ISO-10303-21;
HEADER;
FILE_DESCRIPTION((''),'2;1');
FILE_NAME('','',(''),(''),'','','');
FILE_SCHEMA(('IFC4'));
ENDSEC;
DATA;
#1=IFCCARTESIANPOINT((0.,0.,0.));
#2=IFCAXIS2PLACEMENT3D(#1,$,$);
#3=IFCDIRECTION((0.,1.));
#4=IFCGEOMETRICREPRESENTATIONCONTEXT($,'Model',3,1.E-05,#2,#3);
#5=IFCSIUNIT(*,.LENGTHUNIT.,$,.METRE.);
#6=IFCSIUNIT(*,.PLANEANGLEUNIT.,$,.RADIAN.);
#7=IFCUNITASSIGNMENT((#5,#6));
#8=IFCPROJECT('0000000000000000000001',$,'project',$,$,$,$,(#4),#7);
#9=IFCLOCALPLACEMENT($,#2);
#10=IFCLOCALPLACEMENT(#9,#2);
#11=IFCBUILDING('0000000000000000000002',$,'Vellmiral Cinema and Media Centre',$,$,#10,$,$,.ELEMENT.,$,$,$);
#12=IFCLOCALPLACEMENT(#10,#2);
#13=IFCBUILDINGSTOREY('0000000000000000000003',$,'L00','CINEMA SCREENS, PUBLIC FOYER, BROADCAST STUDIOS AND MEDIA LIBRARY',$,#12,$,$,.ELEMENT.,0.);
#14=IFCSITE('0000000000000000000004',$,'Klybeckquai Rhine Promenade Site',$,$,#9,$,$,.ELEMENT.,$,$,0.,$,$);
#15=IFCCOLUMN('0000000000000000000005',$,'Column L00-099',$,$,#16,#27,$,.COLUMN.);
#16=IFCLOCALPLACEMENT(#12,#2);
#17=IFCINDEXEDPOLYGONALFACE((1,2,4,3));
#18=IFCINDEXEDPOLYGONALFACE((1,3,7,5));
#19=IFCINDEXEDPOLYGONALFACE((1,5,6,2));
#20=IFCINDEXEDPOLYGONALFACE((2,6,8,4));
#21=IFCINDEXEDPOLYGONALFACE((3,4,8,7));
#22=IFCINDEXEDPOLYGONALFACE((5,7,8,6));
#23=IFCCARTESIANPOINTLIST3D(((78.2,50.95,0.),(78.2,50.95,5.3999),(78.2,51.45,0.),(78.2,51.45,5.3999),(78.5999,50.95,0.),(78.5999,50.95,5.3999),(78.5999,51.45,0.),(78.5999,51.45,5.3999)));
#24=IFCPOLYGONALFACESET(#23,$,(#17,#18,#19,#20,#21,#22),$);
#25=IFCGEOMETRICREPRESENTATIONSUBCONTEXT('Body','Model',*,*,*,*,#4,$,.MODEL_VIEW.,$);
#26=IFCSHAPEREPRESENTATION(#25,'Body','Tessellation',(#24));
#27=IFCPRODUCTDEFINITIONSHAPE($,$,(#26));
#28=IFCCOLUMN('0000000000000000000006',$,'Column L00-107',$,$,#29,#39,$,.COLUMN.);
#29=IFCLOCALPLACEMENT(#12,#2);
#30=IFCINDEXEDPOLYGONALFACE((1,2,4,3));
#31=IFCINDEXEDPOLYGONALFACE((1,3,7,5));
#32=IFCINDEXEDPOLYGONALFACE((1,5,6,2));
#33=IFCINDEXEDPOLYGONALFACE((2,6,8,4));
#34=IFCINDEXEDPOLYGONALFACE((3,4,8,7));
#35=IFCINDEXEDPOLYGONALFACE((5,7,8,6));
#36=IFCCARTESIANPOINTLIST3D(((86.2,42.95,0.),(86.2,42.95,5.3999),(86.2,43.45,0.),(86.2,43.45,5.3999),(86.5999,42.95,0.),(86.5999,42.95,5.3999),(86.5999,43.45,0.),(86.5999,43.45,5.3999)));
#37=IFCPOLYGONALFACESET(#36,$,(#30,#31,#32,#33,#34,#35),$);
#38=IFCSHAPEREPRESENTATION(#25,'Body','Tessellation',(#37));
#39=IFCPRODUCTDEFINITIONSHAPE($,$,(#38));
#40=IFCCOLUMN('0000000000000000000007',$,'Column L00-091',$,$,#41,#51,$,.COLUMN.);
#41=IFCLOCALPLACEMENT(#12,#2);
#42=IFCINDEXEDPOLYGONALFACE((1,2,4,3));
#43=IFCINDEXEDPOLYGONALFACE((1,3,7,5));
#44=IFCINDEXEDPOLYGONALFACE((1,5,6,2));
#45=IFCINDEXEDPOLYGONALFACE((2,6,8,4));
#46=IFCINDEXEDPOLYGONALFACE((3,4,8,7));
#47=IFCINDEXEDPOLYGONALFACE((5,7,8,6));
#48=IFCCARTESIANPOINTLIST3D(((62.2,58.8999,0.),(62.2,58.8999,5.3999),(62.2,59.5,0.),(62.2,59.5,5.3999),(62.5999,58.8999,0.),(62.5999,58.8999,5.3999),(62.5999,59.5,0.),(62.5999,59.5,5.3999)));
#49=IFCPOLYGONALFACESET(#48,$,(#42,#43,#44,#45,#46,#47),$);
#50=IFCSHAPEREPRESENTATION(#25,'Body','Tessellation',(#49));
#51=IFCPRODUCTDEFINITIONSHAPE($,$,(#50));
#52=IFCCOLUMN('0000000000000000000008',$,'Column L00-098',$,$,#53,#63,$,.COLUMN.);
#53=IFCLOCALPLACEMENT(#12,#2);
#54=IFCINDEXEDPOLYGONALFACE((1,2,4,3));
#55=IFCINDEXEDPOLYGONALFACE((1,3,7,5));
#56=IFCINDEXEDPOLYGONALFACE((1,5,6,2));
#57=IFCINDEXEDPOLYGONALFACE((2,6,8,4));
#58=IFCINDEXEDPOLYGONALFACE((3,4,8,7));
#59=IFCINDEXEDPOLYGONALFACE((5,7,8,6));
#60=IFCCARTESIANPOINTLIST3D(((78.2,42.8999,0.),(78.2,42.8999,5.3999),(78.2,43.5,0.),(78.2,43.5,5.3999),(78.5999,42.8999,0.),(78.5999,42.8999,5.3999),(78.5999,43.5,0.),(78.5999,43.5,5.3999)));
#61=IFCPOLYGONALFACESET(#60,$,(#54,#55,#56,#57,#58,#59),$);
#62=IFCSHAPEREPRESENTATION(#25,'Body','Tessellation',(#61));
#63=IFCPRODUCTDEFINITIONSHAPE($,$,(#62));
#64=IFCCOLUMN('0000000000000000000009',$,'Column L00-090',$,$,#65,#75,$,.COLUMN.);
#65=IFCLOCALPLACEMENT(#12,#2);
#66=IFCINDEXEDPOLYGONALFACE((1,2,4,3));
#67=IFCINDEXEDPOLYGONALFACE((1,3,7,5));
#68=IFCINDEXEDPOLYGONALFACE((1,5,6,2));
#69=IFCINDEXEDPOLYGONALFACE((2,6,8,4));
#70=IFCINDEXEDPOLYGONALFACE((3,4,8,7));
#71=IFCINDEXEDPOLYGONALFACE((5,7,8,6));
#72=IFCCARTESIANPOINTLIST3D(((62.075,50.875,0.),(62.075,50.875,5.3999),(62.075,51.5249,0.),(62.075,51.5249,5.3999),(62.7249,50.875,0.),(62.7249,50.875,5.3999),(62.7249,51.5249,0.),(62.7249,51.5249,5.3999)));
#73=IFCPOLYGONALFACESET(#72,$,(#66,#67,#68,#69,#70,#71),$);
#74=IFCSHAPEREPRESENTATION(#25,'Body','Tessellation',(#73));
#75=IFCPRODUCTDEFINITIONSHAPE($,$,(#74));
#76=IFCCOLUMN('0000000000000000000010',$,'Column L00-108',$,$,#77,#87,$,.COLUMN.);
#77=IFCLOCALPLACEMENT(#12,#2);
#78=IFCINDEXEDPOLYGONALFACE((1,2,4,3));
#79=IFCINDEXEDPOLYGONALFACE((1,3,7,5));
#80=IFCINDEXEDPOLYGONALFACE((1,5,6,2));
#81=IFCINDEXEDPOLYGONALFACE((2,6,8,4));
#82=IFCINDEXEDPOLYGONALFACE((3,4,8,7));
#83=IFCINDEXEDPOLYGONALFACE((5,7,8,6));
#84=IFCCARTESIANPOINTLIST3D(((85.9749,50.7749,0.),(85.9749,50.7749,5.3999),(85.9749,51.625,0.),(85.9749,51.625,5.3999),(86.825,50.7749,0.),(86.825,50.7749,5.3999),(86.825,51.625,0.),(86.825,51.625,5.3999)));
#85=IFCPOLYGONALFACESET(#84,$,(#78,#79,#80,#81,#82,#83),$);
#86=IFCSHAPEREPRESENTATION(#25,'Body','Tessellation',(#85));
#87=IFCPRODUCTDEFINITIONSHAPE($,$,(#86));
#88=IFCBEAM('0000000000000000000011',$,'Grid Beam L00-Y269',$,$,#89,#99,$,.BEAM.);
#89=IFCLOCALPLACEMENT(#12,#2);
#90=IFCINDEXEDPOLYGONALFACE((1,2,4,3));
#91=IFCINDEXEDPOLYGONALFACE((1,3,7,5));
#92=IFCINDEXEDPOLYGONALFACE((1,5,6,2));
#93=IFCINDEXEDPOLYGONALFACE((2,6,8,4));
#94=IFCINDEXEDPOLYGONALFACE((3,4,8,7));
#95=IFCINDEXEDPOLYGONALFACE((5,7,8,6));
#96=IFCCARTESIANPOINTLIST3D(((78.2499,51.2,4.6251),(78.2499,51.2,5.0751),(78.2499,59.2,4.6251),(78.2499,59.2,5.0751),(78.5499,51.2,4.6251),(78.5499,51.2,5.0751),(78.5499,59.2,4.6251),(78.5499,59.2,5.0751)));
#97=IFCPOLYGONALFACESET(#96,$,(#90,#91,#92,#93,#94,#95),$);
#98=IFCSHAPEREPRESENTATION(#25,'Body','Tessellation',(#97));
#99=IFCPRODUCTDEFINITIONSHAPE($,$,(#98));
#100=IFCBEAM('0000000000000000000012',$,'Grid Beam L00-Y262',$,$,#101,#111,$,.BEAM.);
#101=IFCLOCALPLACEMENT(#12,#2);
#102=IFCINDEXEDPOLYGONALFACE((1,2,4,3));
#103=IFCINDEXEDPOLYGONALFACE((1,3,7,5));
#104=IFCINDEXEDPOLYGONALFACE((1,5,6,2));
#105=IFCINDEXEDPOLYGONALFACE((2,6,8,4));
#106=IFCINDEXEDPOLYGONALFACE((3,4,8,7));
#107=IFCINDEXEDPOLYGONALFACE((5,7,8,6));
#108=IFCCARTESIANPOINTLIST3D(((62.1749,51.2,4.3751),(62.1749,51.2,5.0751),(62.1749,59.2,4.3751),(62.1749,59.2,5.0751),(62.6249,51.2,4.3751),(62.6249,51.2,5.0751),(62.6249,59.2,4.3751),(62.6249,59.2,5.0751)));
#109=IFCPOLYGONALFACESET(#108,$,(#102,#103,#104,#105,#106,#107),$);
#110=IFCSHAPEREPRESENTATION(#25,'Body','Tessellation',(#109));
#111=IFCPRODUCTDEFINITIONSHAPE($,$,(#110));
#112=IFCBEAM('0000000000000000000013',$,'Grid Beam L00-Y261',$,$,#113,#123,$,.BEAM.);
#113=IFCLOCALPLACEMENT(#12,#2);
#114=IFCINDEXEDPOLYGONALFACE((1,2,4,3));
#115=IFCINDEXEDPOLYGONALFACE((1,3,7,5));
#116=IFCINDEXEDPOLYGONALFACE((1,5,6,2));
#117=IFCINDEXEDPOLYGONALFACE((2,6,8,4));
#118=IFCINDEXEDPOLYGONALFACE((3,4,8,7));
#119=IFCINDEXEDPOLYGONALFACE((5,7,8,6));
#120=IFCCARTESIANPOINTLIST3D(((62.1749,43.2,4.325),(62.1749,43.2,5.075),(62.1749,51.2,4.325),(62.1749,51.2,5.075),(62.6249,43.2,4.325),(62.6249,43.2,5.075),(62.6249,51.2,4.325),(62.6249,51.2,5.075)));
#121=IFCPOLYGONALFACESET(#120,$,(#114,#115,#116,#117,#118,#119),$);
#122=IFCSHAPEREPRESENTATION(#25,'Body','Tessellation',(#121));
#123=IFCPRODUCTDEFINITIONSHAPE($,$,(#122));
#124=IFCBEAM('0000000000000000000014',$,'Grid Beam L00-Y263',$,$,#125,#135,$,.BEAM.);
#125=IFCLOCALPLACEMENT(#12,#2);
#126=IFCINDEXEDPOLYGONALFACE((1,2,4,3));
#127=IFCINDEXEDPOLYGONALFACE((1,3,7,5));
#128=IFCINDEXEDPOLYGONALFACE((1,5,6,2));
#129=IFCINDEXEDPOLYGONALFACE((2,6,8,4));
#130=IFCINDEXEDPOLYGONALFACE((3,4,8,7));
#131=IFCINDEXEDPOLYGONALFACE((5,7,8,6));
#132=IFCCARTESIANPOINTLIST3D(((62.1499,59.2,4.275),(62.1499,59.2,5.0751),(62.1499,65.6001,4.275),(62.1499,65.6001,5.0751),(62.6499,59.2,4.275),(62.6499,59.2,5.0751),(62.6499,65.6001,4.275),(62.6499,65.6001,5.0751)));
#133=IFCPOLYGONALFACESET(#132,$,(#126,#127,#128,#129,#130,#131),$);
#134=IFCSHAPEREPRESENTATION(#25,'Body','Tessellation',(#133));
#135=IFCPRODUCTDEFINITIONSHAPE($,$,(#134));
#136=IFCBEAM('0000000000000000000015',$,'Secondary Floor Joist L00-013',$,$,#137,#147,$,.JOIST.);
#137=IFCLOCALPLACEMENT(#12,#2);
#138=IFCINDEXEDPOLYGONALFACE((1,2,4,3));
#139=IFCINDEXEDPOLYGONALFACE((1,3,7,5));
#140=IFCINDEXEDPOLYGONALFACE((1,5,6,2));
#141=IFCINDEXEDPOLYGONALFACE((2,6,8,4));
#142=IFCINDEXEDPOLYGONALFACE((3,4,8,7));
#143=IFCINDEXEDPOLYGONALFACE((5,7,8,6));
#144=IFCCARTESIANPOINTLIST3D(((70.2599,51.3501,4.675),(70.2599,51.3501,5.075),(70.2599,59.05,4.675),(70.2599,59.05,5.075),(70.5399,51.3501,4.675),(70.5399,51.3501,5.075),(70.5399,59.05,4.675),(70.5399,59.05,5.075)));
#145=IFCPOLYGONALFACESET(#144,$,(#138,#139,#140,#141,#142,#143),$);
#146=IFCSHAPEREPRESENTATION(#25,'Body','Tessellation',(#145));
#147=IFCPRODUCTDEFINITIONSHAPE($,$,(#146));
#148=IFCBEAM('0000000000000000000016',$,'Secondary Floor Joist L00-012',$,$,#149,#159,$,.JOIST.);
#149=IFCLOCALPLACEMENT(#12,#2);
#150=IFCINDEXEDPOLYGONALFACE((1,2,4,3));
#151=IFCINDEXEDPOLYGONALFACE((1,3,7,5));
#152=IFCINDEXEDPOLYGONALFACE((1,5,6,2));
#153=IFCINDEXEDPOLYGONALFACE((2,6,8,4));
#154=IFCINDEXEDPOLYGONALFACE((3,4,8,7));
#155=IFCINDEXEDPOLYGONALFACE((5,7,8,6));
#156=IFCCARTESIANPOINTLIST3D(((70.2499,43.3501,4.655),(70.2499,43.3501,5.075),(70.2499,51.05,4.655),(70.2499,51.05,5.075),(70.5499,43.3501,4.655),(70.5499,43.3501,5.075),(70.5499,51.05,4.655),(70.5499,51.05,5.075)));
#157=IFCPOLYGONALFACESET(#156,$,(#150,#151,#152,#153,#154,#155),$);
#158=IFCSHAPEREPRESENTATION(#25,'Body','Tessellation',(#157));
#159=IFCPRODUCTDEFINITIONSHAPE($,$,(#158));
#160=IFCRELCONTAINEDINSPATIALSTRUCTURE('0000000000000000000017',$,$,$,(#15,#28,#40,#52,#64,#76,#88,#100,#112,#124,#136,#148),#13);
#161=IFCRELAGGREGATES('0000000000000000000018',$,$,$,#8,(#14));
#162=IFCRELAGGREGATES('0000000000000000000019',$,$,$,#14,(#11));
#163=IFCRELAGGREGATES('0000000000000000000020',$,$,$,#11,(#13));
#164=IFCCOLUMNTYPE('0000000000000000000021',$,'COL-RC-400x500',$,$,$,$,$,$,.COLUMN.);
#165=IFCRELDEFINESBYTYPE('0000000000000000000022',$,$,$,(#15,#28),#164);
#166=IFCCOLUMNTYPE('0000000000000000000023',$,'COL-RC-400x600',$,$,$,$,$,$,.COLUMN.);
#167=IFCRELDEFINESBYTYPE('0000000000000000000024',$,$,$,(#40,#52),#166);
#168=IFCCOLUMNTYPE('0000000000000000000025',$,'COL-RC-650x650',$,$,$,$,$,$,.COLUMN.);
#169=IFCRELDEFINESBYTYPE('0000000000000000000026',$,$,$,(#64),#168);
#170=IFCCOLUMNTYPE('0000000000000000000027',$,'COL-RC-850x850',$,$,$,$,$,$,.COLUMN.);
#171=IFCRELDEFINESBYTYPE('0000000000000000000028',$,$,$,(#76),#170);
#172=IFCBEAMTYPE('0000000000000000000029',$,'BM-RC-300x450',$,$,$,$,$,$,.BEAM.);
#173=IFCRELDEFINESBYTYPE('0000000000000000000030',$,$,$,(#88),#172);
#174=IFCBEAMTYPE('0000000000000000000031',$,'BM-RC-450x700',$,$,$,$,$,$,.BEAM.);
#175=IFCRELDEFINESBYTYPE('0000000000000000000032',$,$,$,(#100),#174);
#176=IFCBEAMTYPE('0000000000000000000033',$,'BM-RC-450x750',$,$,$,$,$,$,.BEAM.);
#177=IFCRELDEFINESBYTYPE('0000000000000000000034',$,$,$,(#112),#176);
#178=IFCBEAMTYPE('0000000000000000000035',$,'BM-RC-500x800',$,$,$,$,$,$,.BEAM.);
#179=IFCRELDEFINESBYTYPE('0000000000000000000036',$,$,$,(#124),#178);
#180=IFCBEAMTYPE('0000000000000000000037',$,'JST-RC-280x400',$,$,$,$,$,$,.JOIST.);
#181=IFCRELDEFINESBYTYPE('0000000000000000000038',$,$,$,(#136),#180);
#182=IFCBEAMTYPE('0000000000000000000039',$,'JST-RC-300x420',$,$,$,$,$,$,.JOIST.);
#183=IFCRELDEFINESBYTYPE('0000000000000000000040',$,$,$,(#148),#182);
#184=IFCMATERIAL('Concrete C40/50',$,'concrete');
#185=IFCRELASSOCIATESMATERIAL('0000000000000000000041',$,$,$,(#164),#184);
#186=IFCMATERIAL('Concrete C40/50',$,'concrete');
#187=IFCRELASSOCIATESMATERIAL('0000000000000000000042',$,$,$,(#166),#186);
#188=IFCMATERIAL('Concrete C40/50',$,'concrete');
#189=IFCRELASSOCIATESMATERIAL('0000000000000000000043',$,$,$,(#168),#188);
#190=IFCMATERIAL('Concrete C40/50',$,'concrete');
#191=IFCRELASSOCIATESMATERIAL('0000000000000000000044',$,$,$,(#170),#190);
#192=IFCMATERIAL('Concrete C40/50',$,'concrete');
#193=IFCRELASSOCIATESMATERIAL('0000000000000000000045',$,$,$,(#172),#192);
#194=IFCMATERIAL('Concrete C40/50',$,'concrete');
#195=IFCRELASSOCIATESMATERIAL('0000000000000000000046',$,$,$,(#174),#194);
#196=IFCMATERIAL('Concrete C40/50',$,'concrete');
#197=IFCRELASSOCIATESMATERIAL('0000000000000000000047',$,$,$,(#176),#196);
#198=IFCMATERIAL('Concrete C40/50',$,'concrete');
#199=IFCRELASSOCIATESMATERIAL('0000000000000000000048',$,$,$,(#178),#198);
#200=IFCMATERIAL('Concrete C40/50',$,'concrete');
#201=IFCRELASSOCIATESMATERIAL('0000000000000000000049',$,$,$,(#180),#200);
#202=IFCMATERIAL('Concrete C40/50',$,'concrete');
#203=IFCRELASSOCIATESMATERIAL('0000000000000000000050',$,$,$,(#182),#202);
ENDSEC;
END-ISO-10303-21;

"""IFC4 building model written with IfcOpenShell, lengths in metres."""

from ifc_helpers import new_model, si_unit, direction, frame, origin, origin_2d, place, context, subcontext, project, spatial, rectangle, extrude, material, material_profile, profile_set, type_object, element, save


model = new_model("IFC4")

# Units and contexts
model_context = context("Model", 3, precision=1e-05, world=origin(), true_north=direction((0.0, 1.0)))
body_context = subcontext(model_context, "Body", "Model", "MODEL_VIEW")
ifc_project = project(units=[si_unit("LENGTHUNIT", "METRE"), si_unit("PLANEANGLEUNIT", "RADIAN")], contexts=[model_context])

# Site, building, storey
site_placement = place(None, origin())
site = spatial("IfcSite", under=ifc_project, at=site_placement, Name="Klybeckquai Rhine Promenade Site", CompositionType="ELEMENT", RefElevation=0.0)
building_placement = place(site_placement, origin())
building = spatial("IfcBuilding", under=site, at=building_placement, Name="Vellmiral Cinema and Media Centre", CompositionType="ELEMENT")
storey_placement = place(building_placement, origin())
storey = spatial("IfcBuildingStorey", under=building, at=storey_placement, Name="L00", Description="CINEMA SCREENS, PUBLIC FOYER, BROADCAST STUDIOS AND MEDIA LIBRARY", CompositionType="ELEMENT", Elevation=0.0)

# Columns
ifc_material_1 = material(Name="Concrete C40/50", Category="concrete")
ifc_material_profile_1 = material_profile(ifc_material_1, rectangle(XDim=0.3999, YDim=0.5, at=origin_2d()), Name="RC 400x500")
ifc_profile_set_1 = profile_set([ifc_material_profile_1], Name="Concrete C40/50")
column_type_1 = type_object("IfcColumnType", Name="COL-RC-400x500", PredefinedType="COLUMN", material=ifc_profile_set_1)
for number, where, z_axis, x_axis, name in (
    (1, (78.3999, 51.2, 0.0), (0.0, 0.0, 1.0), (1.0, 0.0, 0.0), "Column L00-099"),
    (2, (86.3999, 43.2, 0.0), (0.0, 0.0, 1.0), (1.0, 0.0, 0.0), "Column L00-107"),
):
    element("IfcColumn", number, at=place(storey_placement, frame(where, z_axis=z_axis, x_axis=x_axis)), inside=storey, type_object=column_type_1, Name=name, PredefinedType="COLUMN", context=body_context, shape_type="SweptSolid", body=[
        extrude(rectangle(XDim=0.3999, YDim=0.5, at=origin_2d()), origin(), (0.0, 0.0, 1.0), 5.3999),
    ])
ifc_material_2 = material(Name="Concrete C40/50", Category="concrete")
ifc_material_profile_2 = material_profile(ifc_material_2, rectangle(XDim=0.3999, YDim=0.6001, at=origin_2d()), Name="RC 400x600")
ifc_profile_set_2 = profile_set([ifc_material_profile_2], Name="Concrete C40/50")
column_type_2 = type_object("IfcColumnType", Name="COL-RC-400x600", PredefinedType="COLUMN", material=ifc_profile_set_2)
for number, where, z_axis, x_axis, name in (
    (3, (62.3999, 59.2, 0.0), (0.0, 0.0, 1.0), (1.0, 0.0, 0.0), "Column L00-091"),
    (4, (78.3999, 43.2, 0.0), (0.0, 0.0, 1.0), (1.0, 0.0, 0.0), "Column L00-098"),
):
    element("IfcColumn", number, at=place(storey_placement, frame(where, z_axis=z_axis, x_axis=x_axis)), inside=storey, type_object=column_type_2, Name=name, PredefinedType="COLUMN", context=body_context, shape_type="SweptSolid", body=[
        extrude(rectangle(XDim=0.3999, YDim=0.6001, at=origin_2d()), origin(), (0.0, 0.0, 1.0), 5.3999),
    ])
ifc_material_3 = material(Name="Concrete C40/50", Category="concrete")
ifc_material_profile_3 = material_profile(ifc_material_3, rectangle(XDim=0.6499, YDim=0.6499, at=origin_2d()), Name="RC 650x650")
ifc_profile_set_3 = profile_set([ifc_material_profile_3], Name="Concrete C40/50")
column_type_3 = type_object("IfcColumnType", Name="COL-RC-650x650", PredefinedType="COLUMN", material=ifc_profile_set_3)
column_1_placement = place(storey_placement, frame((62.3999, 51.2, 0.0), z_axis=(0.0, 0.0, 1.0), x_axis=(1.0, 0.0, 0.0)))
element("IfcColumn", 5, at=column_1_placement, inside=storey, type_object=column_type_3, Name="Column L00-090", PredefinedType="COLUMN", context=body_context, shape_type="SweptSolid", body=[
    extrude(rectangle(XDim=0.6499, YDim=0.6499, at=origin_2d()), origin(), (0.0, 0.0, 1.0), 5.3999),
])
ifc_material_4 = material(Name="Concrete C40/50", Category="concrete")
ifc_material_profile_4 = material_profile(ifc_material_4, rectangle(XDim=0.8501, YDim=0.8501, at=origin_2d()), Name="RC 850x850")
ifc_profile_set_4 = profile_set([ifc_material_profile_4], Name="Concrete C40/50")
column_type_4 = type_object("IfcColumnType", Name="COL-RC-850x850", PredefinedType="COLUMN", material=ifc_profile_set_4)
column_2_placement = place(storey_placement, frame((86.3999, 51.2, 0.0), z_axis=(0.0, 0.0, 1.0), x_axis=(1.0, 0.0, 0.0)))
element("IfcColumn", 6, at=column_2_placement, inside=storey, type_object=column_type_4, Name="Column L00-108", PredefinedType="COLUMN", context=body_context, shape_type="SweptSolid", body=[
    extrude(rectangle(XDim=0.8501, YDim=0.8501, at=origin_2d()), origin(), (0.0, 0.0, 1.0), 5.3999),
])

# Beams
ifc_material_5 = material(Name="Concrete C40/50", Category="concrete")
ifc_material_profile_5 = material_profile(ifc_material_5, rectangle(XDim=0.3, YDim=0.45, at=origin_2d()), Name="RC 300x450")
ifc_profile_set_5 = profile_set([ifc_material_profile_5], Name="Concrete C40/50")
beam_type_1 = type_object("IfcBeamType", Name="BM-RC-300x450", PredefinedType="BEAM", material=ifc_profile_set_5)
beam_1_placement = place(storey_placement, frame((78.3999, 51.2, 4.8501), z_axis=(0.0, 1.0, 0.0), x_axis=(-1.0, 0.0, 0.0)))
element("IfcBeam", 7, at=beam_1_placement, inside=storey, type_object=beam_type_1, Name="Grid Beam L00-Y269", PredefinedType="BEAM", context=body_context, shape_type="SweptSolid", body=[
    extrude(rectangle(XDim=0.3, YDim=0.45, at=origin_2d()), origin(), (0.0, 0.0, 1.0), 8.0),
])
ifc_material_6 = material(Name="Concrete C40/50", Category="concrete")
ifc_material_profile_6 = material_profile(ifc_material_6, rectangle(XDim=0.45, YDim=0.7, at=origin_2d()), Name="RC 450x700")
ifc_profile_set_6 = profile_set([ifc_material_profile_6], Name="Concrete C40/50")
beam_type_2 = type_object("IfcBeamType", Name="BM-RC-450x700", PredefinedType="BEAM", material=ifc_profile_set_6)
beam_2_placement = place(storey_placement, frame((62.3999, 51.2, 4.7251), z_axis=(0.0, 1.0, 0.0), x_axis=(-1.0, 0.0, 0.0)))
element("IfcBeam", 8, at=beam_2_placement, inside=storey, type_object=beam_type_2, Name="Grid Beam L00-Y262", PredefinedType="BEAM", context=body_context, shape_type="SweptSolid", body=[
    extrude(rectangle(XDim=0.45, YDim=0.7, at=origin_2d()), origin(), (0.0, 0.0, 1.0), 8.0),
])
ifc_material_7 = material(Name="Concrete C40/50", Category="concrete")
ifc_material_profile_7 = material_profile(ifc_material_7, rectangle(XDim=0.45, YDim=0.75, at=origin_2d()), Name="RC 450x750")
ifc_profile_set_7 = profile_set([ifc_material_profile_7], Name="Concrete C40/50")
beam_type_3 = type_object("IfcBeamType", Name="BM-RC-450x750", PredefinedType="BEAM", material=ifc_profile_set_7)
beam_3_placement = place(storey_placement, frame((62.3999, 43.2, 4.7), z_axis=(0.0, 1.0, 0.0), x_axis=(-1.0, 0.0, 0.0)))
element("IfcBeam", 9, at=beam_3_placement, inside=storey, type_object=beam_type_3, Name="Grid Beam L00-Y261", PredefinedType="BEAM", context=body_context, shape_type="SweptSolid", body=[
    extrude(rectangle(XDim=0.45, YDim=0.75, at=origin_2d()), origin(), (0.0, 0.0, 1.0), 8.0),
])
ifc_material_8 = material(Name="Concrete C40/50", Category="concrete")
ifc_material_profile_8 = material_profile(ifc_material_8, rectangle(XDim=0.5, YDim=0.8, at=origin_2d()), Name="RC 500x800")
ifc_profile_set_8 = profile_set([ifc_material_profile_8], Name="Concrete C40/50")
beam_type_4 = type_object("IfcBeamType", Name="BM-RC-500x800", PredefinedType="BEAM", material=ifc_profile_set_8)
beam_4_placement = place(storey_placement, frame((62.3999, 59.2, 4.675), z_axis=(0.0, 1.0, 0.0), x_axis=(-1.0, 0.0, 0.0)))
element("IfcBeam", 10, at=beam_4_placement, inside=storey, type_object=beam_type_4, Name="Grid Beam L00-Y263", PredefinedType="BEAM", context=body_context, shape_type="SweptSolid", body=[
    extrude(rectangle(XDim=0.5, YDim=0.8, at=origin_2d()), origin(), (0.0, 0.0, 1.0), 6.4001),
])
ifc_material_9 = material(Name="Concrete C40/50", Category="concrete")
ifc_material_profile_9 = material_profile(ifc_material_9, rectangle(XDim=0.28, YDim=0.3999, at=origin_2d()), Name="RC 280x400")
ifc_profile_set_9 = profile_set([ifc_material_profile_9], Name="Concrete C40/50")
beam_type_5 = type_object("IfcBeamType", Name="JST-RC-280x400", PredefinedType="JOIST", material=ifc_profile_set_9)
beam_5_placement = place(storey_placement, frame((70.3999, 51.3501, 4.875), z_axis=(0.0, 1.0, 0.0), x_axis=(-1.0, 0.0, 0.0)))
element("IfcBeam", 11, at=beam_5_placement, inside=storey, type_object=beam_type_5, Name="Secondary Floor Joist L00-013", PredefinedType="JOIST", context=body_context, shape_type="SweptSolid", body=[
    extrude(rectangle(XDim=0.28, YDim=0.3999, at=origin_2d()), origin(), (0.0, 0.0, 1.0), 7.7),
])
ifc_material_10 = material(Name="Concrete C40/50", Category="concrete")
ifc_material_profile_10 = material_profile(ifc_material_10, rectangle(XDim=0.3, YDim=0.4199, at=origin_2d()), Name="RC 300x420")
ifc_profile_set_10 = profile_set([ifc_material_profile_10], Name="Concrete C40/50")
beam_type_6 = type_object("IfcBeamType", Name="JST-RC-300x420", PredefinedType="JOIST", material=ifc_profile_set_10)
beam_6_placement = place(storey_placement, frame((70.3999, 43.3501, 4.865), z_axis=(0.0, 1.0, 0.0), x_axis=(-1.0, 0.0, 0.0)))
element("IfcBeam", 12, at=beam_6_placement, inside=storey, type_object=beam_type_6, Name="Secondary Floor Joist L00-012", PredefinedType="JOIST", context=body_context, shape_type="SweptSolid", body=[
    extrude(rectangle(XDim=0.3, YDim=0.4199, at=origin_2d()), origin(), (0.0, 0.0, 1.0), 7.7),
])

save(model, "model.ifc")
